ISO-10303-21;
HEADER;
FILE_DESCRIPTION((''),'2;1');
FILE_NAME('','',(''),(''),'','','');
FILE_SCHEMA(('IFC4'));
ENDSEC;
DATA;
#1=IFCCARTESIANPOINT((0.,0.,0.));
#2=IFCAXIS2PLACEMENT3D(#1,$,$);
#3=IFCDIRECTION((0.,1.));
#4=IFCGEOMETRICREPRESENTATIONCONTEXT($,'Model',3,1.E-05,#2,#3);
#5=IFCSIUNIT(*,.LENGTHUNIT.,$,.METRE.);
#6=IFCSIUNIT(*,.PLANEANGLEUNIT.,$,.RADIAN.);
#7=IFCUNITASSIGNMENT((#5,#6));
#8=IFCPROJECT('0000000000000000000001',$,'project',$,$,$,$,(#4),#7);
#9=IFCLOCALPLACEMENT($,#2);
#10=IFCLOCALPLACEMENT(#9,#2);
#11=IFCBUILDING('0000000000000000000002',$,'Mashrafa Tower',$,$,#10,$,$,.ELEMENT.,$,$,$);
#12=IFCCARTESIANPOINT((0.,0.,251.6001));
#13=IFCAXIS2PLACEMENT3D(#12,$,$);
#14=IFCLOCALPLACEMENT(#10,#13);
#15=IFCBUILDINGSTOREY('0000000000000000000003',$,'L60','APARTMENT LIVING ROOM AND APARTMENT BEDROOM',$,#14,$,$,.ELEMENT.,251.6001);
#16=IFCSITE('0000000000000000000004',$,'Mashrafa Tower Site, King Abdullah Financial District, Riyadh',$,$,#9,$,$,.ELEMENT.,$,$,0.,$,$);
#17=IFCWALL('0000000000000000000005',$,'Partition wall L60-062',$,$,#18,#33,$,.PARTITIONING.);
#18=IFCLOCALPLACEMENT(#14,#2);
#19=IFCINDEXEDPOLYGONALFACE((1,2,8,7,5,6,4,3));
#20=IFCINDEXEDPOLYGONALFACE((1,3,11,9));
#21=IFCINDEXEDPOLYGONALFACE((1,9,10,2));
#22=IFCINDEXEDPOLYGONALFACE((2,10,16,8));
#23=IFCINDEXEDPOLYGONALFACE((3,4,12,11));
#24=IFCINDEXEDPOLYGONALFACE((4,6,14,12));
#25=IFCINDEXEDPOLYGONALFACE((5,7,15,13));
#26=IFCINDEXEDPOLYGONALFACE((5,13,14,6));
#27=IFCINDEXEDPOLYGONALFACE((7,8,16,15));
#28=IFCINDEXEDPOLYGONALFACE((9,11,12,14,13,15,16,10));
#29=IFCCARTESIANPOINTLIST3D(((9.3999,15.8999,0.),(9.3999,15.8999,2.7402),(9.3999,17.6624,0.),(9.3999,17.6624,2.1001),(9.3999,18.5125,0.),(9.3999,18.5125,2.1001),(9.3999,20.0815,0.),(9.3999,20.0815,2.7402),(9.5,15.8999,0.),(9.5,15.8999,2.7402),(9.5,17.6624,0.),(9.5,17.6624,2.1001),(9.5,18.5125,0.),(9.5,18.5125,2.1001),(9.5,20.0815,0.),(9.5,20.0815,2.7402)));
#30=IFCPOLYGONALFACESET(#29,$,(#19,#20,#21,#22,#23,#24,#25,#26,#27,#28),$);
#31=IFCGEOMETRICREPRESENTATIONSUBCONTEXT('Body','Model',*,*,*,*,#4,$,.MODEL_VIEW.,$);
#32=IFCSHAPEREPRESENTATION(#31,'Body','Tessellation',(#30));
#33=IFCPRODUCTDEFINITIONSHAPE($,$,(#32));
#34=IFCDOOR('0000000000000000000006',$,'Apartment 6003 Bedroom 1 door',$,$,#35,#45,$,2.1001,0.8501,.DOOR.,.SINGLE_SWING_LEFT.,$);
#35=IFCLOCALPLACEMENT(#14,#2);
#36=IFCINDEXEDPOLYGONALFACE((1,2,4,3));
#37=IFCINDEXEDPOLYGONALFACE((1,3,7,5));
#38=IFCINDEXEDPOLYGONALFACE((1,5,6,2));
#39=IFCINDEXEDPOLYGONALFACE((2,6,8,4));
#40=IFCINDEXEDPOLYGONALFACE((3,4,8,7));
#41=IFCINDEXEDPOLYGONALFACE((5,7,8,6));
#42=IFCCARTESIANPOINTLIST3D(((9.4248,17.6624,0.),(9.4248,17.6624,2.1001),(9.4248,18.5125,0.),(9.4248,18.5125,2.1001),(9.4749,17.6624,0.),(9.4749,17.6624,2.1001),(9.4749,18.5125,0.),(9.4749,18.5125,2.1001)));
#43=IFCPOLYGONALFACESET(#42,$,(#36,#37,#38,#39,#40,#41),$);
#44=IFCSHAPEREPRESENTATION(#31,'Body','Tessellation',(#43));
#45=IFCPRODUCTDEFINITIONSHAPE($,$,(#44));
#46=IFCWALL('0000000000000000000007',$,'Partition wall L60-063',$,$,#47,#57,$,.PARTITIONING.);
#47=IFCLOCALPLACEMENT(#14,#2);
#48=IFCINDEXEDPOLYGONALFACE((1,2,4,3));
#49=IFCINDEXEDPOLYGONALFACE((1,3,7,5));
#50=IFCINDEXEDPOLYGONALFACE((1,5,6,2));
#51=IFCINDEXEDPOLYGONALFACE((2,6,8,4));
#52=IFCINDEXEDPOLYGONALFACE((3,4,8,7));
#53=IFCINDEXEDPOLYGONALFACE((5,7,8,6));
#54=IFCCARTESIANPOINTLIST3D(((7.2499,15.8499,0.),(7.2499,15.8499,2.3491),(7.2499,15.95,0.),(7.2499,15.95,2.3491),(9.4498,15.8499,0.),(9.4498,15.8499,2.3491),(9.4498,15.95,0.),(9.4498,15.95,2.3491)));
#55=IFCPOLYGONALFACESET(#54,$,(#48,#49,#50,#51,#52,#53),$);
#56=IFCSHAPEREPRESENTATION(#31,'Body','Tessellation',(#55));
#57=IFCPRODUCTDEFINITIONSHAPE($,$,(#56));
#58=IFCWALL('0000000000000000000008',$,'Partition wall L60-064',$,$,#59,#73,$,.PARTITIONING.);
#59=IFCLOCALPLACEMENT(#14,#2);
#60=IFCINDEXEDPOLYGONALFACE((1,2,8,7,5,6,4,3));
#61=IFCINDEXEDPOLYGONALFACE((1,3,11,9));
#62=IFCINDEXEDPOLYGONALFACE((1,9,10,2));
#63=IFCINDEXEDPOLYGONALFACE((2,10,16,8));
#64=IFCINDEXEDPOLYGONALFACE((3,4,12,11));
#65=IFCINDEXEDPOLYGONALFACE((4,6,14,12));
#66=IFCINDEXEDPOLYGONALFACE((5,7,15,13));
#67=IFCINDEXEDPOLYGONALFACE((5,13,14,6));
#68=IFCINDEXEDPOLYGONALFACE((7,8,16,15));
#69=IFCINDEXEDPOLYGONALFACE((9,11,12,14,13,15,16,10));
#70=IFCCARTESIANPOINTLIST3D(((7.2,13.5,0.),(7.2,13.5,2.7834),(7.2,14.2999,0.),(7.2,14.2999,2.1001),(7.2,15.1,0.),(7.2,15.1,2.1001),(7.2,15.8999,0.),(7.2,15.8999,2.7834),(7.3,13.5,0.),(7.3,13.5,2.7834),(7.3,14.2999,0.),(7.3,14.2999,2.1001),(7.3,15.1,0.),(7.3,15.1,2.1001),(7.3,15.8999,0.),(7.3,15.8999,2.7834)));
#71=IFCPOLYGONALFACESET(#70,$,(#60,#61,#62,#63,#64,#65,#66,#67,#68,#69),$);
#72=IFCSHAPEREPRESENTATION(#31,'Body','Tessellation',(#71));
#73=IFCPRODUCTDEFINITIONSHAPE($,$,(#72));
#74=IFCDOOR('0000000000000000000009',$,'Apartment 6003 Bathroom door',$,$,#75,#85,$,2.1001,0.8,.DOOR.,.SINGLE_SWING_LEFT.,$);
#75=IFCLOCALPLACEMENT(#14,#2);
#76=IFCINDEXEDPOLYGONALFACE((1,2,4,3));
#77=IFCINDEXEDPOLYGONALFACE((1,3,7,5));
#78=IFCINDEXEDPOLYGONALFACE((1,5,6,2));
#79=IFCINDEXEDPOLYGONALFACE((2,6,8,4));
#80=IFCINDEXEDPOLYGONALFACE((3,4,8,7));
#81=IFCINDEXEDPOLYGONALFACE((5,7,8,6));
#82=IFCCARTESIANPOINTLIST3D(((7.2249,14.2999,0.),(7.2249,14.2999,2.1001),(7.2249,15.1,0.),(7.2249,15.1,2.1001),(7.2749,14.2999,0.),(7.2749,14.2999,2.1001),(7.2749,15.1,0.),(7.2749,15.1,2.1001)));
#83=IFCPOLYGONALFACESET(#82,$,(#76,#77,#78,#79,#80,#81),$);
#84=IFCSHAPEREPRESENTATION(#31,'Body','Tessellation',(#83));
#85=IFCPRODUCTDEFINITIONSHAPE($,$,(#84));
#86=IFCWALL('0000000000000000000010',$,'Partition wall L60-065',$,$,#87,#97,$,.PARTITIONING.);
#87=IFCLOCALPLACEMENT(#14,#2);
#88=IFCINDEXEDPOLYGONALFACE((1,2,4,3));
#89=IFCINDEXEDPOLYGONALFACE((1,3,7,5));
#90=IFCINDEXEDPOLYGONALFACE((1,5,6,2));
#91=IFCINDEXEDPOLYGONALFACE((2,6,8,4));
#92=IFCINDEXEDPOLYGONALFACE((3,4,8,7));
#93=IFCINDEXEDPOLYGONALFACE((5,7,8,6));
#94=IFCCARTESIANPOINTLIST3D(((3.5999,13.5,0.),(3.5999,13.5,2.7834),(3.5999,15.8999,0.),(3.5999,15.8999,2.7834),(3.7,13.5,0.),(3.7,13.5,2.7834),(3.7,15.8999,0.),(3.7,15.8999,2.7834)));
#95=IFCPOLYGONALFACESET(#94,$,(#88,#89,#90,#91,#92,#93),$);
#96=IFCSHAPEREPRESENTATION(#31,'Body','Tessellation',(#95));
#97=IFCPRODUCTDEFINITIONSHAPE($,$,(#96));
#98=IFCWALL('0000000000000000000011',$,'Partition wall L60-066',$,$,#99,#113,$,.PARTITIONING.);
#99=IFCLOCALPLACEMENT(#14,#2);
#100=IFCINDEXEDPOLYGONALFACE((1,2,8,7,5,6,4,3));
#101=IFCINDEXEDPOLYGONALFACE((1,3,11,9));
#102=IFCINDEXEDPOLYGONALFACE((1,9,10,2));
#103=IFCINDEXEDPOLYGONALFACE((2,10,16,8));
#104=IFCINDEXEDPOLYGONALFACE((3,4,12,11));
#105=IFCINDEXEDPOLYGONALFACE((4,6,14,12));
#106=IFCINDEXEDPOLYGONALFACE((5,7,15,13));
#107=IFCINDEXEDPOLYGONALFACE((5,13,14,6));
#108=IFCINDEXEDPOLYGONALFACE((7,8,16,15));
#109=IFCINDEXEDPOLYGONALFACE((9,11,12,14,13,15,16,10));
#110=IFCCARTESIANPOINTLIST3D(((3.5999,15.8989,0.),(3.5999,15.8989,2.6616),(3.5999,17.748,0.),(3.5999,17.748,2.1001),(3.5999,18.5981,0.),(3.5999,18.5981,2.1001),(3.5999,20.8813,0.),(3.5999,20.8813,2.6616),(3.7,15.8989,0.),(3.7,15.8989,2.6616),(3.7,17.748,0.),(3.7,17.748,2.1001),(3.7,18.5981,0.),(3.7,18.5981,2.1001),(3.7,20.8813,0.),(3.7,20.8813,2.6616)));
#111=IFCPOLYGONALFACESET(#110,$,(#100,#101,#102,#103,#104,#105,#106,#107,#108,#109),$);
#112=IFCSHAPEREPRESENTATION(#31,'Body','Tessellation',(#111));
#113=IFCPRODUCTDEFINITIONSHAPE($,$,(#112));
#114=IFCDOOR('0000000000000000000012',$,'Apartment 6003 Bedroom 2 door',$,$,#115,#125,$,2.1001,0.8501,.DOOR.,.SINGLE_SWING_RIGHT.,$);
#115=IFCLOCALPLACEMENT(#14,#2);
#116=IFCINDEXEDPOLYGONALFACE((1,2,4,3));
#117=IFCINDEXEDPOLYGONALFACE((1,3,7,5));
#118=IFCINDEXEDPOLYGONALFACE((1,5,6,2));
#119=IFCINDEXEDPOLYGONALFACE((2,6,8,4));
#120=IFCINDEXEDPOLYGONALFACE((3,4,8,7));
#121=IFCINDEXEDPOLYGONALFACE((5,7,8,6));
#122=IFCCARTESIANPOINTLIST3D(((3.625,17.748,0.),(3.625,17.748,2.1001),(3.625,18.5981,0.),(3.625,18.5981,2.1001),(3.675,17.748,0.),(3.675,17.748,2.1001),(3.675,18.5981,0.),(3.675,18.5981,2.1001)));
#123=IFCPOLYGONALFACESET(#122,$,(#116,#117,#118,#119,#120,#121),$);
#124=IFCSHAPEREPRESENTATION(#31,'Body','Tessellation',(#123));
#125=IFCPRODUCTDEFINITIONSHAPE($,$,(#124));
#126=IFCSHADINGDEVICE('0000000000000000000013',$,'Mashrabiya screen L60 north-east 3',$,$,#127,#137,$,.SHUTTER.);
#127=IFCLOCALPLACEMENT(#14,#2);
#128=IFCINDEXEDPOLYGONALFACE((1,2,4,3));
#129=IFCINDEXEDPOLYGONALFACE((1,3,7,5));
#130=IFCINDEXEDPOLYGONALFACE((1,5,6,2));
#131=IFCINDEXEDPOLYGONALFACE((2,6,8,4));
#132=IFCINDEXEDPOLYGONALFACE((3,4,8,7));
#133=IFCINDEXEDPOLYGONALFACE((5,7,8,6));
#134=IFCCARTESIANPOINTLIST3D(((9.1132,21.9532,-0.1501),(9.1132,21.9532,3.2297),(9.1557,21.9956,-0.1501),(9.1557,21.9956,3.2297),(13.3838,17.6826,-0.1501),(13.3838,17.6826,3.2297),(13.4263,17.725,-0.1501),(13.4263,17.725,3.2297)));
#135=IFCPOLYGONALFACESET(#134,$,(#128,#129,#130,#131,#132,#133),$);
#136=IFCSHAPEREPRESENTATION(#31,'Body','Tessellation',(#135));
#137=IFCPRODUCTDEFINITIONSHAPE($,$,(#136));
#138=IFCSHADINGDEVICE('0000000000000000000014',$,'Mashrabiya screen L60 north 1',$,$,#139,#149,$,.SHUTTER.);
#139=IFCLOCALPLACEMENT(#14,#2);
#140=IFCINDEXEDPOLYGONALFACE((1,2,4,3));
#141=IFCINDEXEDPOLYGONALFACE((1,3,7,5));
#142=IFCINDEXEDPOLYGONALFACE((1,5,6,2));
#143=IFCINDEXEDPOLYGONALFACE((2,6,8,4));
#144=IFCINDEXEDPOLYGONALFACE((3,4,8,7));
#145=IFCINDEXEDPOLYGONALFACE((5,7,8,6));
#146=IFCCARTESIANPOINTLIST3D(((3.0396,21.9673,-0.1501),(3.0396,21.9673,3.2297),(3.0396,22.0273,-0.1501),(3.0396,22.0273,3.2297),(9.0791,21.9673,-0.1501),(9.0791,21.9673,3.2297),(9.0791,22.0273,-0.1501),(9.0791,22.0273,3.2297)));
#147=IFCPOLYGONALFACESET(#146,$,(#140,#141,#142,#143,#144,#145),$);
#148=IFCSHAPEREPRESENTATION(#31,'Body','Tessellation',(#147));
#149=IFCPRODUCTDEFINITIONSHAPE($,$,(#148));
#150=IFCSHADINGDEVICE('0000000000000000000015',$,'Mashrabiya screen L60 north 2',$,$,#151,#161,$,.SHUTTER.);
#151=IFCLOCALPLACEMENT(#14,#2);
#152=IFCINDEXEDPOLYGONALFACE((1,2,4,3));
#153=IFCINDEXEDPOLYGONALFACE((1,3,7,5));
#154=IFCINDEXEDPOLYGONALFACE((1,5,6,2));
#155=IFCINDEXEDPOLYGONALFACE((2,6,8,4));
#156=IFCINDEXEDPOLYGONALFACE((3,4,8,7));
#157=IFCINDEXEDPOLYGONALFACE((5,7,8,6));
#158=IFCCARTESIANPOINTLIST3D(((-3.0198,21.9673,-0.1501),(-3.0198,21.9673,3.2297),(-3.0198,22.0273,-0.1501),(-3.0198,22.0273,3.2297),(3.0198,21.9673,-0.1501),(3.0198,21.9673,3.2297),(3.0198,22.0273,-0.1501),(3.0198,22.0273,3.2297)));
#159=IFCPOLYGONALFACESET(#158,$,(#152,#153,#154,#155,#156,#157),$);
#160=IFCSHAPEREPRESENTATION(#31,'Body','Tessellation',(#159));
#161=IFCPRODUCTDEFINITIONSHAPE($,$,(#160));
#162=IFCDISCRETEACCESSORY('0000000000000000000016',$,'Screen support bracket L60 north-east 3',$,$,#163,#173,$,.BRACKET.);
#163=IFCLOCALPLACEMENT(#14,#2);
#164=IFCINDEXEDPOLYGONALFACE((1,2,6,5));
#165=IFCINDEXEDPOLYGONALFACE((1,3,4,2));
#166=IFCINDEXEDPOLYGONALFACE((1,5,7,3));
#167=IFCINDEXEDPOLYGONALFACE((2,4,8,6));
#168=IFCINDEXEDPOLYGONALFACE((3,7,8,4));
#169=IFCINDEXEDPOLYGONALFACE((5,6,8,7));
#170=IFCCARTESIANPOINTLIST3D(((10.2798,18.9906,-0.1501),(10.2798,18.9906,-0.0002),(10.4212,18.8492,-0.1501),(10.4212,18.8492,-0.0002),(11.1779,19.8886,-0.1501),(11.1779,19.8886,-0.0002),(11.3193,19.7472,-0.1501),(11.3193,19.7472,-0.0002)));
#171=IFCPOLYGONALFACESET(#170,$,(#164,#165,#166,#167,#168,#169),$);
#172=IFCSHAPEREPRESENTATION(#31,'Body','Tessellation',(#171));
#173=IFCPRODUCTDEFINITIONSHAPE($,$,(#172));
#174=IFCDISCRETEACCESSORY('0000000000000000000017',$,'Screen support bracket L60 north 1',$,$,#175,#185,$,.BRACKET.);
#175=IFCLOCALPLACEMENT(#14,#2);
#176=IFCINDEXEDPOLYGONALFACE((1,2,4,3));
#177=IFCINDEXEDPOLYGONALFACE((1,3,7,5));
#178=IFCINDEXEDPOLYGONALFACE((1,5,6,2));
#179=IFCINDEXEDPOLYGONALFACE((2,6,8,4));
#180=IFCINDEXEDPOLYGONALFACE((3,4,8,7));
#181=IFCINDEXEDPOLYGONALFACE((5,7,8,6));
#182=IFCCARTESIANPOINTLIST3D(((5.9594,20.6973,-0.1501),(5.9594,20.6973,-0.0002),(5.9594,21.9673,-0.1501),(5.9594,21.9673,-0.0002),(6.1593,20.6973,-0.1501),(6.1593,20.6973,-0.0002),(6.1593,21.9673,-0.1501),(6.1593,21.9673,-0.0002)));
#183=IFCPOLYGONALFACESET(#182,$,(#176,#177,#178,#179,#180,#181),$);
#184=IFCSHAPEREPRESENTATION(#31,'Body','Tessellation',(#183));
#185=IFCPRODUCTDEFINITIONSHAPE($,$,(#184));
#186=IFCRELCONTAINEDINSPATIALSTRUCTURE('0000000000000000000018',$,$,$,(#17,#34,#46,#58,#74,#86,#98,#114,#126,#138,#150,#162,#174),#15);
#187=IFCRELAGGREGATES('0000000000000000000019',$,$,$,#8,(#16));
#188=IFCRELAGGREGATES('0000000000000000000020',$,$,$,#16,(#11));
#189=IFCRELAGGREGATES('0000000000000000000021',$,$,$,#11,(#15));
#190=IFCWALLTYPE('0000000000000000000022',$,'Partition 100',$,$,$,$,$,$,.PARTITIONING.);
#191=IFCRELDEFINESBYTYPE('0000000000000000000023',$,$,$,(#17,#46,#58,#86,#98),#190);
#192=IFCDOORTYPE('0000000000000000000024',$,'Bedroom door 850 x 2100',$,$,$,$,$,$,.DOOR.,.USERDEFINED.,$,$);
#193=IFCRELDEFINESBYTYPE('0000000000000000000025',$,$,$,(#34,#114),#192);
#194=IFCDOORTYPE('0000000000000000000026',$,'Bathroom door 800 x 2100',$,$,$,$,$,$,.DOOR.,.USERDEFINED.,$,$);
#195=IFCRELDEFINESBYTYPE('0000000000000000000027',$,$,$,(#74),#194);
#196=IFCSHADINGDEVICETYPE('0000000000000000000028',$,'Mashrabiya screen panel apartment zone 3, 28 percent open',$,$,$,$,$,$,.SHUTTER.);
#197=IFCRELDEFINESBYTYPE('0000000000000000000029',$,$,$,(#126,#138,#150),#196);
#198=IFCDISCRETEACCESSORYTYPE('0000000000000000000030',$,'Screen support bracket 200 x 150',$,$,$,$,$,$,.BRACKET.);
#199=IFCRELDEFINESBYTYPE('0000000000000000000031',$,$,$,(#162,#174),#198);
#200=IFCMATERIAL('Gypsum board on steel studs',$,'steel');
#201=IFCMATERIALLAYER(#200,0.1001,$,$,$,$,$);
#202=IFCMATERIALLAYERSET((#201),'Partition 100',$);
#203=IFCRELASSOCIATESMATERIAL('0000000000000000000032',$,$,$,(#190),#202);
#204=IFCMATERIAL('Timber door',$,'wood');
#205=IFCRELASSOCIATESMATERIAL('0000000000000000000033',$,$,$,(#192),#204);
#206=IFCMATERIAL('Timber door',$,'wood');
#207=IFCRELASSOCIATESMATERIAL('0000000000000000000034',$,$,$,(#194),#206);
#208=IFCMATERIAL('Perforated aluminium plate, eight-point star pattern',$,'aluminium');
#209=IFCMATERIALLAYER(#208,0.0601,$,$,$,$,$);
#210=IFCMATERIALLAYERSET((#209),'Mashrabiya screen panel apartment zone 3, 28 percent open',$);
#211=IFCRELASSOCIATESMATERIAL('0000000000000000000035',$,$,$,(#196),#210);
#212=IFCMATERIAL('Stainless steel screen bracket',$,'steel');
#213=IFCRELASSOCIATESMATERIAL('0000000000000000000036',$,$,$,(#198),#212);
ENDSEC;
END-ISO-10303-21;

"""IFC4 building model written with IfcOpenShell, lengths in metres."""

from ifc_helpers import new_model, si_unit, direction, frame, frame_2d, origin, origin_2d, place, context, subcontext, project, spatial, rectangle, extrude, source, transform, mapped, material, layer, layer_set, type_object, type_shapes, element, fill, save


model = new_model("IFC4")

# Units and contexts
model_context = context("Model", 3, precision=1e-05, world=origin(), true_north=direction((0.0, 1.0)))
body_context = subcontext(model_context, "Body", "Model", "MODEL_VIEW")
ifc_project = project(units=[si_unit("LENGTHUNIT", "METRE"), si_unit("PLANEANGLEUNIT", "RADIAN")], contexts=[model_context])

# Site, building, storey
site_placement = place(None, origin())
site = spatial("IfcSite", under=ifc_project, at=site_placement, Name="Mashrafa Tower Site, King Abdullah Financial District, Riyadh", CompositionType="ELEMENT", RefElevation=0.0)
building_placement = place(site_placement, origin())
building = spatial("IfcBuilding", under=site, at=building_placement, Name="Mashrafa Tower", CompositionType="ELEMENT")
storey_placement = place(building_placement, frame((0.0, 0.0, 251.6001)))
storey = spatial("IfcBuildingStorey", under=building, at=storey_placement, Name="L60", Description="APARTMENT LIVING ROOM AND APARTMENT BEDROOM", CompositionType="ELEMENT", Elevation=251.6001)

# Shared definitions
ifc_material_1 = material(Name="Gypsum board on steel studs", Category="steel")
ifc_layer_1 = layer(ifc_material_1, 0.1001)
ifc_layer_set_1 = layer_set([ifc_layer_1], Name="Partition 100")
wall_type_1 = type_object("IfcWallType", Name="Partition 100", PredefinedType="PARTITIONING", material=ifc_layer_set_1)

# Wall, opening, door
wall_1_placement = place(storey_placement, frame((9.45, 20.0815, 0.0), z_axis=(0.0, 0.0, 1.0), x_axis=(0.0, -1.0, 0.0)))
wall_1 = element("IfcWall", 1, at=wall_1_placement, inside=storey, type_object=wall_type_1, Name="Partition wall L60-062", PredefinedType="PARTITIONING", context=body_context, shape_type="SweptSolid", body=[
    extrude(rectangle(XDim=4.1816, YDim=0.1001, at=frame_2d((2.0908, 0.0))), origin(), (0.0, 0.0, 1.0), 2.7402),
])
opening_1_placement = place(wall_1_placement, frame((1.5691, 0.0, 0.0)))
opening_1 = element("IfcOpeningElement", 2, at=opening_1_placement, cuts=wall_1, PredefinedType="OPENING", context=body_context, shape_type="SweptSolid", body=[
    extrude(rectangle(XDim=0.8501, YDim=2.1001, at=frame_2d((0.425, 1.05))), frame((0.0, 0.0601, 0.0), z_axis=(0.0, -1.0, 0.0), x_axis=(1.0, 0.0, 0.0)), (0.0, 0.0, 1.0), 0.1201),
])
ifc_material_2 = material(Name="Timber door", Category="wood")
door_type_1 = type_object("IfcDoorType", Name="Bedroom door 850 x 2100", OperationType="USERDEFINED", PredefinedType="DOOR", material=ifc_material_2)
door_1_placement = place(opening_1_placement, origin())
door_1 = element("IfcDoor", 3, at=door_1_placement, inside=storey, type_object=door_type_1, Name="Apartment 6003 Bedroom 1 door", OperationType="SINGLE_SWING_LEFT", OverallHeight=2.1001, OverallWidth=0.8501, PredefinedType="DOOR", context=body_context, shape_type="SweptSolid", body=[
    extrude(rectangle(XDim=0.8501, YDim=2.1001, at=frame_2d((0.425, 1.05))), frame((0.0, 0.0249, 0.0), z_axis=(0.0, -1.0, 0.0), x_axis=(1.0, 0.0, 0.0)), (0.0, 0.0, 1.0), 0.05),
])
fill(opening_1, door_1)

# Wall
wall_2_placement = place(storey_placement, frame((9.45, 15.8999, 0.0), z_axis=(0.0, 0.0, 1.0), x_axis=(-1.0, 0.0, 0.0)))
element("IfcWall", 4, at=wall_2_placement, inside=storey, type_object=wall_type_1, Name="Partition wall L60-063", PredefinedType="PARTITIONING", context=body_context, shape_type="SweptSolid", body=[
    extrude(rectangle(XDim=2.2, YDim=0.1001, at=frame_2d((1.1001, 0.0))), origin(), (0.0, 0.0, 1.0), 2.3491),
])

# Wall, opening, door
wall_3_placement = place(storey_placement, frame((7.25, 15.8999, 0.0), z_axis=(0.0, 0.0, 1.0), x_axis=(0.0, -1.0, 0.0)))
wall_3 = element("IfcWall", 5, at=wall_3_placement, inside=storey, type_object=wall_type_1, Name="Partition wall L60-064", PredefinedType="PARTITIONING", context=body_context, shape_type="SweptSolid", body=[
    extrude(rectangle(XDim=2.3999, YDim=0.1001, at=frame_2d((1.2, 0.0))), origin(), (0.0, 0.0, 1.0), 2.7834),
])
opening_2_placement = place(wall_3_placement, frame((0.8, 0.0, 0.0)))
opening_2 = element("IfcOpeningElement", 6, at=opening_2_placement, cuts=wall_3, PredefinedType="OPENING", context=body_context, shape_type="SweptSolid", body=[
    extrude(rectangle(XDim=0.8, YDim=2.1001, at=frame_2d((0.3999, 1.05))), frame((0.0, 0.0601, 0.0), z_axis=(0.0, -1.0, 0.0), x_axis=(1.0, 0.0, 0.0)), (0.0, 0.0, 1.0), 0.1201),
])
ifc_material_3 = material(Name="Timber door", Category="wood")
door_type_2 = type_object("IfcDoorType", Name="Bathroom door 800 x 2100", OperationType="USERDEFINED", PredefinedType="DOOR", material=ifc_material_3)
door_2_placement = place(opening_2_placement, origin())
door_2 = element("IfcDoor", 7, at=door_2_placement, inside=storey, type_object=door_type_2, Name="Apartment 6003 Bathroom door", OperationType="SINGLE_SWING_LEFT", OverallHeight=2.1001, OverallWidth=0.8, PredefinedType="DOOR", context=body_context, shape_type="SweptSolid", body=[
    extrude(rectangle(XDim=0.8, YDim=2.1001, at=frame_2d((0.3999, 1.05))), frame((0.0, 0.0249, 0.0), z_axis=(0.0, -1.0, 0.0), x_axis=(1.0, 0.0, 0.0)), (0.0, 0.0, 1.0), 0.05),
])
fill(opening_2, door_2)

# Wall
wall_4_placement = place(storey_placement, frame((3.6499, 15.8999, 0.0), z_axis=(0.0, 0.0, 1.0), x_axis=(0.0, -1.0, 0.0)))
element("IfcWall", 8, at=wall_4_placement, inside=storey, type_object=wall_type_1, Name="Partition wall L60-065", PredefinedType="PARTITIONING", context=body_context, shape_type="SweptSolid", body=[
    extrude(rectangle(XDim=2.3999, YDim=0.1001, at=frame_2d((1.2, 0.0))), origin(), (0.0, 0.0, 1.0), 2.7834),
])

# Wall, opening, door
wall_5_placement = place(storey_placement, frame((3.6499, 15.8989, 0.0), z_axis=(0.0, 0.0, 1.0), x_axis=(0.0, 1.0, 0.0)))
wall_5 = element("IfcWall", 9, at=wall_5_placement, inside=storey, type_object=wall_type_1, Name="Partition wall L60-066", PredefinedType="PARTITIONING", context=body_context, shape_type="SweptSolid", body=[
    extrude(rectangle(XDim=4.9824, YDim=0.1001, at=frame_2d((2.4912, 0.0))), origin(), (0.0, 0.0, 1.0), 2.6616),
])
opening_3_placement = place(wall_5_placement, frame((1.8491, 0.0, 0.0)))
opening_3 = element("IfcOpeningElement", 10, at=opening_3_placement, cuts=wall_5, PredefinedType="OPENING", context=body_context, shape_type="SweptSolid", body=[
    extrude(rectangle(XDim=0.8501, YDim=2.1001, at=frame_2d((0.425, 1.05))), frame((0.0, 0.0601, 0.0), z_axis=(0.0, -1.0, 0.0), x_axis=(1.0, 0.0, 0.0)), (0.0, 0.0, 1.0), 0.1201),
])
door_3_placement = place(opening_3_placement, origin())
door_3 = element("IfcDoor", 11, at=door_3_placement, inside=storey, type_object=door_type_1, Name="Apartment 6003 Bedroom 2 door", OperationType="SINGLE_SWING_RIGHT", OverallHeight=2.1001, OverallWidth=0.8501, PredefinedType="DOOR", context=body_context, shape_type="SweptSolid", body=[
    extrude(rectangle(XDim=0.8501, YDim=2.1001, at=frame_2d((0.425, 1.05))), frame((0.0, 0.0249, 0.0), z_axis=(0.0, -1.0, 0.0), x_axis=(1.0, 0.0, 0.0)), (0.0, 0.0, 1.0), 0.05),
])
fill(opening_3, door_3)

# Shading devices
ifc_material_4 = material(Name="Perforated aluminium plate, eight-point star pattern", Category="aluminium")
ifc_layer_2 = layer(ifc_material_4, 0.0601)
ifc_layer_set_2 = layer_set([ifc_layer_2], Name="Mashrabiya screen panel apartment zone 3, 28 percent open")
shading_device_type = type_object("IfcShadingDeviceType", Name="Mashrabiya screen panel apartment zone 3, 28 percent open", PredefinedType="SHUTTER", material=ifc_layer_set_2)
shared_shape_1 = source(origin(), body_context, "Body", "SweptSolid", [
    extrude(rectangle(XDim=6.0396, YDim=0.0601, at=origin_2d()), origin(), (0.0, 0.0, 1.0), 3.3799),
])
type_shapes(shading_device_type, [shared_shape_1])
for number, where, z_axis, x_axis, name in (
    (12, (11.2698, 19.8391, -0.1501), (0.0, 0.0, 1.0), (-0.707107, 0.707107, 0.0), "Mashrabiya screen L60 north-east 3"),
    (13, (6.0593, 21.9973, -0.1501), (0.0, 0.0, 1.0), (-1.0, 0.0, 0.0), "Mashrabiya screen L60 north 1"),
    (14, (0.0, 21.9973, -0.1501), (0.0, 0.0, 1.0), (-1.0, 0.0, 0.0), "Mashrabiya screen L60 north 2"),
):
    element("IfcShadingDevice", number, at=place(storey_placement, frame(where, z_axis=z_axis, x_axis=x_axis)), inside=storey, type_object=shading_device_type, Name=name, PredefinedType="SHUTTER", context=body_context, shape_type="MappedRepresentation", body=[
        mapped(shared_shape_1, transform((0.0, 0.0, 0.0))),
    ])

# Discrete accessories
ifc_material_5 = material(Name="Stainless steel screen bracket", Category="steel")
discrete_accessory_type = type_object("IfcDiscreteAccessoryType", Name="Screen support bracket 200 x 150", PredefinedType="BRACKET", material=ifc_material_5)
shared_shape_2 = source(origin(), body_context, "Body", "SweptSolid", [
    extrude(rectangle(XDim=0.2, YDim=1.27, at=origin_2d()), origin(), (0.0, 0.0, 1.0), 0.1499),
])
type_shapes(discrete_accessory_type, [shared_shape_2])
for number, where, z_axis, x_axis, name in (
    (15, (10.7996, 19.3689, -0.1501), (0.0, 0.0, 1.0), (-0.707107, 0.707107, 0.0), "Screen support bracket L60 north-east 3"),
    (16, (6.0593, 21.3323, -0.1501), (0.0, 0.0, 1.0), (-1.0, 0.0, 0.0), "Screen support bracket L60 north 1"),
):
    element("IfcDiscreteAccessory", number, at=place(storey_placement, frame(where, z_axis=z_axis, x_axis=x_axis)), inside=storey, type_object=discrete_accessory_type, Name=name, PredefinedType="BRACKET", context=body_context, shape_type="MappedRepresentation", body=[
        mapped(shared_shape_2, transform((0.0, 0.0, 0.0))),
    ])

save(model, "model.ifc")
